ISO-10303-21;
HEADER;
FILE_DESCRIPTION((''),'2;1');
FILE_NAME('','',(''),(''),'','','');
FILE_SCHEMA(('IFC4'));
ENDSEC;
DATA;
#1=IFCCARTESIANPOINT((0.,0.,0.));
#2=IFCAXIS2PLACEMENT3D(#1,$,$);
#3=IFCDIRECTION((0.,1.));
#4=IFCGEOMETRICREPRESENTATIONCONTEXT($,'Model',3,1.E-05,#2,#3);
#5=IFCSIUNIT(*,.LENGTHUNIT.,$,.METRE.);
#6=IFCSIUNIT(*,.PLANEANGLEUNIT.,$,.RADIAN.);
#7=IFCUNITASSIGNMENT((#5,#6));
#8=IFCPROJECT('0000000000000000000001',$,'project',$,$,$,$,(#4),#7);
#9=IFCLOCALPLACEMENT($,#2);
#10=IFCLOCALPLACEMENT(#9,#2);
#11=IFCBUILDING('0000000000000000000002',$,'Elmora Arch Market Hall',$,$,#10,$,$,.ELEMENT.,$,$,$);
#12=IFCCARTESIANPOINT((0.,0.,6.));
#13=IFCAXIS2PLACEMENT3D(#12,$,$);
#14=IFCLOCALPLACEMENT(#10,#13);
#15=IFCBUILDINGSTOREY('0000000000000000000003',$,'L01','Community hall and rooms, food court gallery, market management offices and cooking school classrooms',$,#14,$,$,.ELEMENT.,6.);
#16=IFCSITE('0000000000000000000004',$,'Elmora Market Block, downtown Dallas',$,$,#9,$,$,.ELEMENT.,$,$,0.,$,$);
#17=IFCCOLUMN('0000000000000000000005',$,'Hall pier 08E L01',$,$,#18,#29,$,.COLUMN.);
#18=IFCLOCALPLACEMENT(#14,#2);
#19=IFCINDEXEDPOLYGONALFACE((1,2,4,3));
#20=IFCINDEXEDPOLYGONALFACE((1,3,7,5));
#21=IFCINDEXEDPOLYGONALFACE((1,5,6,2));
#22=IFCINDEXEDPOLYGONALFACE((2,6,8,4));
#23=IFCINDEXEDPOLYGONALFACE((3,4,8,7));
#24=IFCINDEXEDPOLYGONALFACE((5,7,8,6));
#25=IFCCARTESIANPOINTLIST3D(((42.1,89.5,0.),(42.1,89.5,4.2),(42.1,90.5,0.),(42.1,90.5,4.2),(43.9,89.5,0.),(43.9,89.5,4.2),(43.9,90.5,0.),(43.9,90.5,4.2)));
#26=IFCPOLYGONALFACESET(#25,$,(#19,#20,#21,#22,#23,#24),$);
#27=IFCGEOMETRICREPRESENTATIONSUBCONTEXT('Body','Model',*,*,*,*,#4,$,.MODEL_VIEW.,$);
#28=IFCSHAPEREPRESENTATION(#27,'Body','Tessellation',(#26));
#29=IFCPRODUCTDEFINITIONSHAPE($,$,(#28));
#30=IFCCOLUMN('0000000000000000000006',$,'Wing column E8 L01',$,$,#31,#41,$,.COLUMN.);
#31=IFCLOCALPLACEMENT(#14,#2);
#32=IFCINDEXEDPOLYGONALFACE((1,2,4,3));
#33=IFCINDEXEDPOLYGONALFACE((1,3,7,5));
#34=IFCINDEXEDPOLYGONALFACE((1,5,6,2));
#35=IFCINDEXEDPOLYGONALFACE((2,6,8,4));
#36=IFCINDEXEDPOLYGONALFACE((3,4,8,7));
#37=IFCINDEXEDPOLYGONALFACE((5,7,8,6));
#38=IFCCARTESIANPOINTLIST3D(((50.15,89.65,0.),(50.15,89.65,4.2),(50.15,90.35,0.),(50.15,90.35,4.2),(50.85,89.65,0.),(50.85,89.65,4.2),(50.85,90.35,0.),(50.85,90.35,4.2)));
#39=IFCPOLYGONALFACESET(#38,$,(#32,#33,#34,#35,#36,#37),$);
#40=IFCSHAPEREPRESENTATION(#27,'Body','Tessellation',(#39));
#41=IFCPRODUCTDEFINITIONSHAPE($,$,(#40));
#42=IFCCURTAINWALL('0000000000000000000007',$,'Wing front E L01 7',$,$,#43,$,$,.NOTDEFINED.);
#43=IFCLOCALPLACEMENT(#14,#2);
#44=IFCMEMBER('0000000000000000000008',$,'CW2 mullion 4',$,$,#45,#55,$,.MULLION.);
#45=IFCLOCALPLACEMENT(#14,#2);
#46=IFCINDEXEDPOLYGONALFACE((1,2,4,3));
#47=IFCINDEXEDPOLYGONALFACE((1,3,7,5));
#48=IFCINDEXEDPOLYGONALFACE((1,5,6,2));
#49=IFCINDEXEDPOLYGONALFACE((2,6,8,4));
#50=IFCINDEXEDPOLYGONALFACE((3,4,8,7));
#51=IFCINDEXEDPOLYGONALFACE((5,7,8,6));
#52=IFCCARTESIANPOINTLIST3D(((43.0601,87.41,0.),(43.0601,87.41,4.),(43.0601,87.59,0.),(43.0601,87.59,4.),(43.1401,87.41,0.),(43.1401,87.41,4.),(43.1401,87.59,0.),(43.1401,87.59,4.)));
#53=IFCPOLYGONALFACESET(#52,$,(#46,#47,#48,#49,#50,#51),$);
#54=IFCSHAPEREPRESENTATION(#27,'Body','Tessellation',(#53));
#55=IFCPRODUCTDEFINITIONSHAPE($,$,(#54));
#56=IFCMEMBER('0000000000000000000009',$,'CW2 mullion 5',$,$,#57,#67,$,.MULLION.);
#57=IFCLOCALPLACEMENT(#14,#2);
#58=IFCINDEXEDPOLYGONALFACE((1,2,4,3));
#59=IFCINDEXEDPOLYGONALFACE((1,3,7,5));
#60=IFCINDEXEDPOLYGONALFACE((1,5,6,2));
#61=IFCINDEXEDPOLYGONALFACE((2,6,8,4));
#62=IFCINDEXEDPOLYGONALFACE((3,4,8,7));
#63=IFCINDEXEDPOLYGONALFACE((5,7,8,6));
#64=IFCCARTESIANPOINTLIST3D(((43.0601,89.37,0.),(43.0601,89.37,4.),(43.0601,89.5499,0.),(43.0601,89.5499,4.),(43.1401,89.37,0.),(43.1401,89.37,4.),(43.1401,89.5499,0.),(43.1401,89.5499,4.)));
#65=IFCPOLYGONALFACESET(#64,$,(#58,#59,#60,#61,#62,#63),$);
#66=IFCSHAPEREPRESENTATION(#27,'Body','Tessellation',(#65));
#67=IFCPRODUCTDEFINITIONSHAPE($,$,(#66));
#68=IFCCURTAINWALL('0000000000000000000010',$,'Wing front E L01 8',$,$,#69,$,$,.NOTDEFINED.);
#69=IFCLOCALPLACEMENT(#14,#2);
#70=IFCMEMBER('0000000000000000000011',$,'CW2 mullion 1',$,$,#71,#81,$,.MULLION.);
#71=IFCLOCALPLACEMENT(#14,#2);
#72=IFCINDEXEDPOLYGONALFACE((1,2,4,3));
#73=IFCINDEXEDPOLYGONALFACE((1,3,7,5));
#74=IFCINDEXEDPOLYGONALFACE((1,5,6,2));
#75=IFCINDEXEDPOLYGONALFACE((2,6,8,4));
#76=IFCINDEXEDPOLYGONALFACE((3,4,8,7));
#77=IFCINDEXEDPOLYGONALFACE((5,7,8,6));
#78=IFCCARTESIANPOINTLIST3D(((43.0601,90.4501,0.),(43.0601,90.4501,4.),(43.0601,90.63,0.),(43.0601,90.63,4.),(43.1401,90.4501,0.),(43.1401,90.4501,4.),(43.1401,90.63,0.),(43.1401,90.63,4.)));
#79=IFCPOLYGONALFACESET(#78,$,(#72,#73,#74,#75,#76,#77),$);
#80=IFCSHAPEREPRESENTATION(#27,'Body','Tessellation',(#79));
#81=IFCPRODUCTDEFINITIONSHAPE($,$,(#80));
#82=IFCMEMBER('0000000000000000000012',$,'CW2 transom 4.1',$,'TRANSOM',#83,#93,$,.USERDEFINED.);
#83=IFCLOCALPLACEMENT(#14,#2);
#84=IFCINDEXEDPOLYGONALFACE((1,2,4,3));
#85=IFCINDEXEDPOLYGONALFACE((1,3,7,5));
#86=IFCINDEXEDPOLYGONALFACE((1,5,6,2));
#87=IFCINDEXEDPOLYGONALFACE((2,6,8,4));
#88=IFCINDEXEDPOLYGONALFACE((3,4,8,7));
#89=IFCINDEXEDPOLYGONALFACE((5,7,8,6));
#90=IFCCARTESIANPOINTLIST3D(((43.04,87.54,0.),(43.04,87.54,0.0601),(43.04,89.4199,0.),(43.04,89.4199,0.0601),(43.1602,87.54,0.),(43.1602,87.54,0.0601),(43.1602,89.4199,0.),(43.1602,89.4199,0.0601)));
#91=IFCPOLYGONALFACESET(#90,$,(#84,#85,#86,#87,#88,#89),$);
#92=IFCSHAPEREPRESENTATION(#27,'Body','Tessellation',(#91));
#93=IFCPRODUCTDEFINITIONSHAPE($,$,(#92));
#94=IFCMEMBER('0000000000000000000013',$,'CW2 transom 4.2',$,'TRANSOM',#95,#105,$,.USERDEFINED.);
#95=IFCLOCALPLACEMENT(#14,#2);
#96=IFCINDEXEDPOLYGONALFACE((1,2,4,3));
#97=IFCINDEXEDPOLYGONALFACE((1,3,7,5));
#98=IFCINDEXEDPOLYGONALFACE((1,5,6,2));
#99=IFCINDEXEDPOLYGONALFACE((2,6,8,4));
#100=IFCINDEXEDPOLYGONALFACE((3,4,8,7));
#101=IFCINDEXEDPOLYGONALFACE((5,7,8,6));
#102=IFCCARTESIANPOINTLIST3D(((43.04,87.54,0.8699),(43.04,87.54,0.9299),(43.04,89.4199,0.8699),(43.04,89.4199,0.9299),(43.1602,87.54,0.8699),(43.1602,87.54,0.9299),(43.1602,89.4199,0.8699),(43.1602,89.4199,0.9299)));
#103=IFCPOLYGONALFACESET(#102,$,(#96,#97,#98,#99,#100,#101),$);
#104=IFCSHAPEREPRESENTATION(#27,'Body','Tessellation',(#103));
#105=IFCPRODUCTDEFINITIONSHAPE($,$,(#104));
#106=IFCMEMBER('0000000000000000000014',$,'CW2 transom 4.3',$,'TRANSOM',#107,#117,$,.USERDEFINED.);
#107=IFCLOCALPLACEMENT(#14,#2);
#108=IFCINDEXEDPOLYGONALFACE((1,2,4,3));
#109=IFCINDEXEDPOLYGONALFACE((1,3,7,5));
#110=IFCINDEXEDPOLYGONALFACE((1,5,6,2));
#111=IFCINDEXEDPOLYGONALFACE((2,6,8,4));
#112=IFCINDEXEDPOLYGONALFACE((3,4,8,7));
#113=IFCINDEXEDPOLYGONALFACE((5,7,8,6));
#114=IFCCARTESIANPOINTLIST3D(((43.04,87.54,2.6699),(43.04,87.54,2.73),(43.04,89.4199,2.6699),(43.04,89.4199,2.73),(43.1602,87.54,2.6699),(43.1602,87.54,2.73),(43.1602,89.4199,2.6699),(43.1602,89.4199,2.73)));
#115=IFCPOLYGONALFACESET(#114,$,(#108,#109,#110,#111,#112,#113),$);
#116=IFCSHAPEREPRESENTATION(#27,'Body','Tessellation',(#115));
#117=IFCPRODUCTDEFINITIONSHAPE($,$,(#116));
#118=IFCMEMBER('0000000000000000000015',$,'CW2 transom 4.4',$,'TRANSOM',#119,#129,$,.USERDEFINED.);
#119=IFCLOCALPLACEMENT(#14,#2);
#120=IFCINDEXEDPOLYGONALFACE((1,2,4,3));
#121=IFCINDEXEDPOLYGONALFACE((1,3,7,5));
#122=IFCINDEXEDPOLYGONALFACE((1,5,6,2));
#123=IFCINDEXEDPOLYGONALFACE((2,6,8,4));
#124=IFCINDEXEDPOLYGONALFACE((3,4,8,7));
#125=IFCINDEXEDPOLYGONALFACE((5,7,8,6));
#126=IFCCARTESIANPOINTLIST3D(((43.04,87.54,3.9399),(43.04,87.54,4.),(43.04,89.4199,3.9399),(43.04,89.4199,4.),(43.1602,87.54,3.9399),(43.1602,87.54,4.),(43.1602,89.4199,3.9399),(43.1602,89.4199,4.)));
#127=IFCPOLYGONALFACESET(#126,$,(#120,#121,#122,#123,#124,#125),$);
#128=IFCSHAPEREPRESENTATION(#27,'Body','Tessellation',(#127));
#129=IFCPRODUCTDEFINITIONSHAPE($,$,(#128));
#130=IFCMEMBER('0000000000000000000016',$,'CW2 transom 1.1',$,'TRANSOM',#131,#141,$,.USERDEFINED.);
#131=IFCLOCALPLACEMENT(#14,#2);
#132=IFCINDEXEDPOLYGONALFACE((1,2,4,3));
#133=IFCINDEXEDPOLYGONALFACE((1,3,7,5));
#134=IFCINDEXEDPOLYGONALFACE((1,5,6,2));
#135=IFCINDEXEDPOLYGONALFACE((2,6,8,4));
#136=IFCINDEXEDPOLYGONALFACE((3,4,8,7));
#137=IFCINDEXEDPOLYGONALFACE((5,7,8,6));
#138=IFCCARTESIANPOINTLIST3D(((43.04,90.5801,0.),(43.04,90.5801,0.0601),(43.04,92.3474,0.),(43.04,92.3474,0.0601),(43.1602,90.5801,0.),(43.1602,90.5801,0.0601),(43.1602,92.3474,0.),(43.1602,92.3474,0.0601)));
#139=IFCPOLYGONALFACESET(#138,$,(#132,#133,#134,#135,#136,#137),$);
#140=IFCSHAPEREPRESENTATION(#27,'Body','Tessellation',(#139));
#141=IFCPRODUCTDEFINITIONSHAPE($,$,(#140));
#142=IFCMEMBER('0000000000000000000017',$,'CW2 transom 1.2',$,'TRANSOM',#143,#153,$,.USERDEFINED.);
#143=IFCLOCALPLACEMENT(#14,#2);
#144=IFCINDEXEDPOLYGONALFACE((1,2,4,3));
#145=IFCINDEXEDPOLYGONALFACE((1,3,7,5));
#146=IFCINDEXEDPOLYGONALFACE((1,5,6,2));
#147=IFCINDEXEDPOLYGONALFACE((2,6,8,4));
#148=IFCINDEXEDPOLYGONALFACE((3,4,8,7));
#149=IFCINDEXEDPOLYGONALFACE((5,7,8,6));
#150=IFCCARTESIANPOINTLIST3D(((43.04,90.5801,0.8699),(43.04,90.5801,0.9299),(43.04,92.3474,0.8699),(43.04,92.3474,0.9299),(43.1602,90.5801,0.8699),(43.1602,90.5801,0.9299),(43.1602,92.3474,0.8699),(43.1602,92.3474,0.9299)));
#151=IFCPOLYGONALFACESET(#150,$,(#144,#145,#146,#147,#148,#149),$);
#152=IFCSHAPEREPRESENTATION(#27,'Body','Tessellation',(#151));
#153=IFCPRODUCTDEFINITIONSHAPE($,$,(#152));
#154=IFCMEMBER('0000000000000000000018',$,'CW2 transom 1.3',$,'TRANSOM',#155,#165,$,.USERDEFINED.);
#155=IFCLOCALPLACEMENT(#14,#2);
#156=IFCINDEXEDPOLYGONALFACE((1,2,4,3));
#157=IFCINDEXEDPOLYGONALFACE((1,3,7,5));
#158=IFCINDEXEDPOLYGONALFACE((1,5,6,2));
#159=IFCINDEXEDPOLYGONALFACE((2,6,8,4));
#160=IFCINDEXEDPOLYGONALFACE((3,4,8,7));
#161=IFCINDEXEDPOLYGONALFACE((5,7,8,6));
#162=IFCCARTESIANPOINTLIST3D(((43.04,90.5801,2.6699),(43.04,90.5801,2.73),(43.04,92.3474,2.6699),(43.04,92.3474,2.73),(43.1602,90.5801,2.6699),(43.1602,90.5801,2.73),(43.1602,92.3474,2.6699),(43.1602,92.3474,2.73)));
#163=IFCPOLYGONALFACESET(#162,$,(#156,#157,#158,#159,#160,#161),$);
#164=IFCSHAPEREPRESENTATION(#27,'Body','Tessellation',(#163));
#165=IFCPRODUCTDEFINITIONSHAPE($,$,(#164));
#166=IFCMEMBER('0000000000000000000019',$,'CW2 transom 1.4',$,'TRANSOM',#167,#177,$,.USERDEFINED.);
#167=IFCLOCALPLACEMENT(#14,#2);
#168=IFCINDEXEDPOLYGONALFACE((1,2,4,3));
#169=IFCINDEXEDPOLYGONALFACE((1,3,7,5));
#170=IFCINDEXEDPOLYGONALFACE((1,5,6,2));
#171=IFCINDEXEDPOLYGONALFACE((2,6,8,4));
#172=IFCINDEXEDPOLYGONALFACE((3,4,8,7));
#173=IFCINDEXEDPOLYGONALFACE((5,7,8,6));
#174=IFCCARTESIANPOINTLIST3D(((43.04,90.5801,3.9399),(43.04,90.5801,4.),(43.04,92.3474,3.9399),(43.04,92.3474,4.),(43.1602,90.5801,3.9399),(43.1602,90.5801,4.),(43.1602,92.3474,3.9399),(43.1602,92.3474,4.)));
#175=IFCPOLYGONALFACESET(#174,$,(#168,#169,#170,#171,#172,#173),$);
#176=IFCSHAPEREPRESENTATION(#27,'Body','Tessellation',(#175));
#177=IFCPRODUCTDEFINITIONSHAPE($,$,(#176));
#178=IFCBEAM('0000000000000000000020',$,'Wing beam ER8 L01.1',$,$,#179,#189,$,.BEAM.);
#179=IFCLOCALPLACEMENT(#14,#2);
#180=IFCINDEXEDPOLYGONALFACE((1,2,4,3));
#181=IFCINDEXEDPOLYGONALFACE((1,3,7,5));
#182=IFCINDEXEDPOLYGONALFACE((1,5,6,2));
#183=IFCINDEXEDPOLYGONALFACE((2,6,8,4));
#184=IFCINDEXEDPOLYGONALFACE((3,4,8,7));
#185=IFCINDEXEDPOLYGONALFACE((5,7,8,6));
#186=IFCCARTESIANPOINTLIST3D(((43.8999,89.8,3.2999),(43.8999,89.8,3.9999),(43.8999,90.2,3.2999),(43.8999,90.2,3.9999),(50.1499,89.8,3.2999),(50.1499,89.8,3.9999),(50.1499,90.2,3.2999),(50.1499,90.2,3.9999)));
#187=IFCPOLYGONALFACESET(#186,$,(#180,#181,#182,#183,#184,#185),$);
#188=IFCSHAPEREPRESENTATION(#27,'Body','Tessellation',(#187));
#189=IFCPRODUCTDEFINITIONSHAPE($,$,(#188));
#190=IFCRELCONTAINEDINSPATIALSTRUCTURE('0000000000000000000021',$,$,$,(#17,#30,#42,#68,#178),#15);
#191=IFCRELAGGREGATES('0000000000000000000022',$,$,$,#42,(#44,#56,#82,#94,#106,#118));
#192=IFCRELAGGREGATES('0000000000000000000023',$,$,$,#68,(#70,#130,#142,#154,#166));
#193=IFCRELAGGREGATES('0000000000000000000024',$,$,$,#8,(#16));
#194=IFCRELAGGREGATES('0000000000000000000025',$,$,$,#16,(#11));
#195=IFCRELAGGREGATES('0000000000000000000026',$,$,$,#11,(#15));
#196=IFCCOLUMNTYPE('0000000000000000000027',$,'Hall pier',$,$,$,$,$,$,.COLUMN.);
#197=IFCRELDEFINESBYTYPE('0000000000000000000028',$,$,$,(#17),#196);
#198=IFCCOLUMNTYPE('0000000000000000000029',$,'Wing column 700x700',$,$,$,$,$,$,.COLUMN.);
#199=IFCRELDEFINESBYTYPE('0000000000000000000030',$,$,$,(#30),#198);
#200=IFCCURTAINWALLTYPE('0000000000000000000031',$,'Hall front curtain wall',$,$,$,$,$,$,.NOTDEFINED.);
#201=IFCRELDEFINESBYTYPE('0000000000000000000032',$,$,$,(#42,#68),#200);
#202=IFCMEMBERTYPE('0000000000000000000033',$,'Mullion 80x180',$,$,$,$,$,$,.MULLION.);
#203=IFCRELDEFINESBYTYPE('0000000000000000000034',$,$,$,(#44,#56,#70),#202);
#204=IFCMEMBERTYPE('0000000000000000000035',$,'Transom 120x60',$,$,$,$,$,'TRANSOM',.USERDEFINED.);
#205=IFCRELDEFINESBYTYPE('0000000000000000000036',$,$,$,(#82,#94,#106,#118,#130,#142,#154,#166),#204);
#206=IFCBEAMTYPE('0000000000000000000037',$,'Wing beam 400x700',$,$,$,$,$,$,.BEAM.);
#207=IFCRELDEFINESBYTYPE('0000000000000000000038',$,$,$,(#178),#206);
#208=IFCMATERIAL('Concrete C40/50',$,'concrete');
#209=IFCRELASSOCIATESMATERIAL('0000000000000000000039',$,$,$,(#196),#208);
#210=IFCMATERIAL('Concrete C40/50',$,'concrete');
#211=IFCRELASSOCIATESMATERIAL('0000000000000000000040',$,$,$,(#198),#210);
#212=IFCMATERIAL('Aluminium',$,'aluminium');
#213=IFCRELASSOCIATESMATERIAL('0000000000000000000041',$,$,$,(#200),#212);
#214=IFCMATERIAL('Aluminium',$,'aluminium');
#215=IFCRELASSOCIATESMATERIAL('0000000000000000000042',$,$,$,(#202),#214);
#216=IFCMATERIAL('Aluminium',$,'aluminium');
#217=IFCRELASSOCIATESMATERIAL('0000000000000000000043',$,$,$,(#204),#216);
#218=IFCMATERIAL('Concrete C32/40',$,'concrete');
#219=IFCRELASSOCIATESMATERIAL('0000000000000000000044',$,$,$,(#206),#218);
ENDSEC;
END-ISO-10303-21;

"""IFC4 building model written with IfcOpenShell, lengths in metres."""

from ifc_helpers import new_model, si_unit, direction, frame, origin, origin_2d, place, context, subcontext, project, spatial, rectangle, extrude, material, material_profile, profile_set, type_object, element, aggregate, save


model = new_model("IFC4")

# Units and contexts
model_context = context("Model", 3, precision=1e-05, world=origin(), true_north=direction((0.0, 1.0)))
body_context = subcontext(model_context, "Body", "Model", "MODEL_VIEW")
ifc_project = project(units=[si_unit("LENGTHUNIT", "METRE"), si_unit("PLANEANGLEUNIT", "RADIAN")], contexts=[model_context])

# Site, building, storey
site_placement = place(None, origin())
site = spatial("IfcSite", under=ifc_project, at=site_placement, Name="Elmora Market Block, downtown Dallas", CompositionType="ELEMENT", RefElevation=0.0)
building_placement = place(site_placement, origin())
building = spatial("IfcBuilding", under=site, at=building_placement, Name="Elmora Arch Market Hall", CompositionType="ELEMENT")
storey_placement = place(building_placement, frame((0.0, 0.0, 6.0)))
storey = spatial("IfcBuildingStorey", under=building, at=storey_placement, Name="L01", Description="Community hall and rooms, food court gallery, market management offices and cooking school classrooms", CompositionType="ELEMENT", Elevation=6.0)

# Columns
ifc_material_1 = material(Name="Concrete C40/50", Category="concrete")
ifc_material_profile_1 = material_profile(ifc_material_1, rectangle(XDim=1.8, YDim=1.0, at=origin_2d()), Name="Hall pier")
ifc_profile_set_1 = profile_set([ifc_material_profile_1], Name="Concrete C40/50")
column_type_1 = type_object("IfcColumnType", Name="Hall pier", PredefinedType="COLUMN", material=ifc_profile_set_1)
column_1_placement = place(storey_placement, frame((43.0, 90.0, 0.0), z_axis=(0.0, 0.0, 1.0), x_axis=(1.0, 0.0, 0.0)))
element("IfcColumn", 1, at=column_1_placement, inside=storey, type_object=column_type_1, Name="Hall pier 08E L01", PredefinedType="COLUMN", context=body_context, shape_type="SweptSolid", body=[
    extrude(rectangle(XDim=1.8, YDim=1.0, at=origin_2d()), origin(), (0.0, 0.0, 1.0), 4.2),
])
ifc_material_2 = material(Name="Concrete C40/50", Category="concrete")
ifc_material_profile_2 = material_profile(ifc_material_2, rectangle(XDim=0.7, YDim=0.7, at=origin_2d()), Name="Wing column 700x700")
ifc_profile_set_2 = profile_set([ifc_material_profile_2], Name="Concrete C40/50")
column_type_2 = type_object("IfcColumnType", Name="Wing column 700x700", PredefinedType="COLUMN", material=ifc_profile_set_2)
column_2_placement = place(storey_placement, frame((50.5, 90.0, 0.0), z_axis=(0.0, 0.0, 1.0), x_axis=(1.0, 0.0, 0.0)))
element("IfcColumn", 2, at=column_2_placement, inside=storey, type_object=column_type_2, Name="Wing column E8 L01", PredefinedType="COLUMN", context=body_context, shape_type="SweptSolid", body=[
    extrude(rectangle(XDim=0.7, YDim=0.7, at=origin_2d()), origin(), (0.0, 0.0, 1.0), 4.2),
])

# Curtain wall, members
ifc_material_3 = material(Name="Aluminium", Category="aluminium")
curtain_wall_type = type_object("IfcCurtainWallType", Name="Hall front curtain wall", PredefinedType="NOTDEFINED", material=ifc_material_3)
curtain_wall_1_placement = place(storey_placement, origin())
curtain_wall_1 = element("IfcCurtainWall", 3, at=curtain_wall_1_placement, inside=storey, type_object=curtain_wall_type, Name="Wing front E L01 7", PredefinedType="NOTDEFINED")
ifc_material_4 = material(Name="Aluminium", Category="aluminium")
ifc_material_profile_3 = material_profile(ifc_material_4, rectangle(XDim=0.0801, YDim=0.1799, at=origin_2d()), Name="AL 80x180")
ifc_profile_set_3 = profile_set([ifc_material_profile_3], Name="Aluminium")
member_type_1 = type_object("IfcMemberType", Name="Mullion 80x180", PredefinedType="MULLION", material=ifc_profile_set_3)
member_1_placement = place(storey_placement, frame((43.1001, 87.5, 0.0), z_axis=(0.0, 0.0, 1.0), x_axis=(-1.0, 0.0, 0.0)))
member_1 = element("IfcMember", 4, at=member_1_placement, type_object=member_type_1, Name="CW2 mullion 4", PredefinedType="MULLION", context=body_context, shape_type="SweptSolid", body=[
    extrude(rectangle(XDim=0.0801, YDim=0.1799, at=origin_2d()), origin(), (0.0, 0.0, 1.0), 4.0),
])
member_2_placement = place(storey_placement, frame((43.1001, 89.46, 0.0), z_axis=(0.0, 0.0, 1.0), x_axis=(-1.0, 0.0, 0.0)))
member_2 = element("IfcMember", 5, at=member_2_placement, type_object=member_type_1, Name="CW2 mullion 5", PredefinedType="MULLION", context=body_context, shape_type="SweptSolid", body=[
    extrude(rectangle(XDim=0.0801, YDim=0.1799, at=origin_2d()), origin(), (0.0, 0.0, 1.0), 4.0),
])

# Curtain wall, member
curtain_wall_2_placement = place(storey_placement, origin())
curtain_wall_2 = element("IfcCurtainWall", 6, at=curtain_wall_2_placement, inside=storey, type_object=curtain_wall_type, Name="Wing front E L01 8", PredefinedType="NOTDEFINED")
member_3_placement = place(storey_placement, frame((43.1001, 90.54, 0.0), z_axis=(0.0, 0.0, 1.0), x_axis=(-1.0, 0.0, 0.0)))
member_3 = element("IfcMember", 7, at=member_3_placement, type_object=member_type_1, Name="CW2 mullion 1", PredefinedType="MULLION", context=body_context, shape_type="SweptSolid", body=[
    extrude(rectangle(XDim=0.0801, YDim=0.1799, at=origin_2d()), origin(), (0.0, 0.0, 1.0), 4.0),
])

# Members
ifc_material_5 = material(Name="Aluminium", Category="aluminium")
ifc_material_profile_4 = material_profile(ifc_material_5, rectangle(XDim=0.1201, YDim=0.0601, at=origin_2d()), Name="AL 120x60")
ifc_profile_set_4 = profile_set([ifc_material_profile_4], Name="Aluminium")
member_type_2 = type_object("IfcMemberType", Name="Transom 120x60", ElementType="TRANSOM", PredefinedType="USERDEFINED", material=ifc_profile_set_4)
member_4_placement = place(storey_placement, frame((43.1001, 87.54, 0.03), z_axis=(0.0, 1.0, 0.0), x_axis=(-1.0, 0.0, 0.0)))
member_4 = element("IfcMember", 8, at=member_4_placement, type_object=member_type_2, Name="CW2 transom 4.1", ObjectType="TRANSOM", PredefinedType="USERDEFINED", context=body_context, shape_type="SweptSolid", body=[
    extrude(rectangle(XDim=0.1201, YDim=0.0601, at=origin_2d()), origin(), (0.0, 0.0, 1.0), 1.8799),
])
member_5_placement = place(storey_placement, frame((43.1001, 87.54, 0.8999), z_axis=(0.0, 1.0, 0.0), x_axis=(-1.0, 0.0, 0.0)))
member_5 = element("IfcMember", 9, at=member_5_placement, type_object=member_type_2, Name="CW2 transom 4.2", ObjectType="TRANSOM", PredefinedType="USERDEFINED", context=body_context, shape_type="SweptSolid", body=[
    extrude(rectangle(XDim=0.1201, YDim=0.0601, at=origin_2d()), origin(), (0.0, 0.0, 1.0), 1.8799),
])
member_6_placement = place(storey_placement, frame((43.1001, 87.54, 2.7), z_axis=(0.0, 1.0, 0.0), x_axis=(-1.0, 0.0, 0.0)))
member_6 = element("IfcMember", 10, at=member_6_placement, type_object=member_type_2, Name="CW2 transom 4.3", ObjectType="TRANSOM", PredefinedType="USERDEFINED", context=body_context, shape_type="SweptSolid", body=[
    extrude(rectangle(XDim=0.1201, YDim=0.0601, at=origin_2d()), origin(), (0.0, 0.0, 1.0), 1.8799),
])
member_7_placement = place(storey_placement, frame((43.1001, 87.54, 3.97), z_axis=(0.0, 1.0, 0.0), x_axis=(-1.0, 0.0, 0.0)))
member_7 = element("IfcMember", 11, at=member_7_placement, type_object=member_type_2, Name="CW2 transom 4.4", ObjectType="TRANSOM", PredefinedType="USERDEFINED", context=body_context, shape_type="SweptSolid", body=[
    extrude(rectangle(XDim=0.1201, YDim=0.0601, at=origin_2d()), origin(), (0.0, 0.0, 1.0), 1.8799),
])
member_8_placement = place(storey_placement, frame((43.1001, 90.5801, 0.03), z_axis=(0.0, 1.0, 0.0), x_axis=(-1.0, 0.0, 0.0)))
member_8 = element("IfcMember", 12, at=member_8_placement, type_object=member_type_2, Name="CW2 transom 1.1", ObjectType="TRANSOM", PredefinedType="USERDEFINED", context=body_context, shape_type="SweptSolid", body=[
    extrude(rectangle(XDim=0.1201, YDim=0.0601, at=origin_2d()), origin(), (0.0, 0.0, 1.0), 1.7673),
])
member_9_placement = place(storey_placement, frame((43.1001, 90.5801, 0.8999), z_axis=(0.0, 1.0, 0.0), x_axis=(-1.0, 0.0, 0.0)))
member_9 = element("IfcMember", 13, at=member_9_placement, type_object=member_type_2, Name="CW2 transom 1.2", ObjectType="TRANSOM", PredefinedType="USERDEFINED", context=body_context, shape_type="SweptSolid", body=[
    extrude(rectangle(XDim=0.1201, YDim=0.0601, at=origin_2d()), origin(), (0.0, 0.0, 1.0), 1.7673),
])
member_10_placement = place(storey_placement, frame((43.1001, 90.5801, 2.7), z_axis=(0.0, 1.0, 0.0), x_axis=(-1.0, 0.0, 0.0)))
member_10 = element("IfcMember", 14, at=member_10_placement, type_object=member_type_2, Name="CW2 transom 1.3", ObjectType="TRANSOM", PredefinedType="USERDEFINED", context=body_context, shape_type="SweptSolid", body=[
    extrude(rectangle(XDim=0.1201, YDim=0.0601, at=origin_2d()), origin(), (0.0, 0.0, 1.0), 1.7673),
])
member_11_placement = place(storey_placement, frame((43.1001, 90.5801, 3.97), z_axis=(0.0, 1.0, 0.0), x_axis=(-1.0, 0.0, 0.0)))
member_11 = element("IfcMember", 15, at=member_11_placement, type_object=member_type_2, Name="CW2 transom 1.4", ObjectType="TRANSOM", PredefinedType="USERDEFINED", context=body_context, shape_type="SweptSolid", body=[
    extrude(rectangle(XDim=0.1201, YDim=0.0601, at=origin_2d()), origin(), (0.0, 0.0, 1.0), 1.7673),
])

# Beam
ifc_material_6 = material(Name="Concrete C32/40", Category="concrete")
ifc_material_profile_5 = material_profile(ifc_material_6, rectangle(XDim=0.3999, YDim=0.7, at=origin_2d()), Name="Wing beam 400x700")
ifc_profile_set_5 = profile_set([ifc_material_profile_5], Name="Concrete C32/40")
beam_type_1 = type_object("IfcBeamType", Name="Wing beam 400x700", PredefinedType="BEAM", material=ifc_profile_set_5)
beam_1_placement = place(storey_placement, frame((43.8999, 90.0, 3.6499), z_axis=(1.0, 0.0, 0.0), x_axis=(0.0, 1.0, 0.0)))
element("IfcBeam", 16, at=beam_1_placement, inside=storey, type_object=beam_type_1, Name="Wing beam ER8 L01.1", PredefinedType="BEAM", context=body_context, shape_type="SweptSolid", body=[
    extrude(rectangle(XDim=0.3999, YDim=0.7, at=origin_2d()), origin(), (0.0, 0.0, 1.0), 6.25),
])

aggregate(curtain_wall_1, [member_1, member_2, member_4, member_5, member_6, member_7])
aggregate(curtain_wall_2, [member_3, member_8, member_9, member_10, member_11])

save(model, "model.ifc")
